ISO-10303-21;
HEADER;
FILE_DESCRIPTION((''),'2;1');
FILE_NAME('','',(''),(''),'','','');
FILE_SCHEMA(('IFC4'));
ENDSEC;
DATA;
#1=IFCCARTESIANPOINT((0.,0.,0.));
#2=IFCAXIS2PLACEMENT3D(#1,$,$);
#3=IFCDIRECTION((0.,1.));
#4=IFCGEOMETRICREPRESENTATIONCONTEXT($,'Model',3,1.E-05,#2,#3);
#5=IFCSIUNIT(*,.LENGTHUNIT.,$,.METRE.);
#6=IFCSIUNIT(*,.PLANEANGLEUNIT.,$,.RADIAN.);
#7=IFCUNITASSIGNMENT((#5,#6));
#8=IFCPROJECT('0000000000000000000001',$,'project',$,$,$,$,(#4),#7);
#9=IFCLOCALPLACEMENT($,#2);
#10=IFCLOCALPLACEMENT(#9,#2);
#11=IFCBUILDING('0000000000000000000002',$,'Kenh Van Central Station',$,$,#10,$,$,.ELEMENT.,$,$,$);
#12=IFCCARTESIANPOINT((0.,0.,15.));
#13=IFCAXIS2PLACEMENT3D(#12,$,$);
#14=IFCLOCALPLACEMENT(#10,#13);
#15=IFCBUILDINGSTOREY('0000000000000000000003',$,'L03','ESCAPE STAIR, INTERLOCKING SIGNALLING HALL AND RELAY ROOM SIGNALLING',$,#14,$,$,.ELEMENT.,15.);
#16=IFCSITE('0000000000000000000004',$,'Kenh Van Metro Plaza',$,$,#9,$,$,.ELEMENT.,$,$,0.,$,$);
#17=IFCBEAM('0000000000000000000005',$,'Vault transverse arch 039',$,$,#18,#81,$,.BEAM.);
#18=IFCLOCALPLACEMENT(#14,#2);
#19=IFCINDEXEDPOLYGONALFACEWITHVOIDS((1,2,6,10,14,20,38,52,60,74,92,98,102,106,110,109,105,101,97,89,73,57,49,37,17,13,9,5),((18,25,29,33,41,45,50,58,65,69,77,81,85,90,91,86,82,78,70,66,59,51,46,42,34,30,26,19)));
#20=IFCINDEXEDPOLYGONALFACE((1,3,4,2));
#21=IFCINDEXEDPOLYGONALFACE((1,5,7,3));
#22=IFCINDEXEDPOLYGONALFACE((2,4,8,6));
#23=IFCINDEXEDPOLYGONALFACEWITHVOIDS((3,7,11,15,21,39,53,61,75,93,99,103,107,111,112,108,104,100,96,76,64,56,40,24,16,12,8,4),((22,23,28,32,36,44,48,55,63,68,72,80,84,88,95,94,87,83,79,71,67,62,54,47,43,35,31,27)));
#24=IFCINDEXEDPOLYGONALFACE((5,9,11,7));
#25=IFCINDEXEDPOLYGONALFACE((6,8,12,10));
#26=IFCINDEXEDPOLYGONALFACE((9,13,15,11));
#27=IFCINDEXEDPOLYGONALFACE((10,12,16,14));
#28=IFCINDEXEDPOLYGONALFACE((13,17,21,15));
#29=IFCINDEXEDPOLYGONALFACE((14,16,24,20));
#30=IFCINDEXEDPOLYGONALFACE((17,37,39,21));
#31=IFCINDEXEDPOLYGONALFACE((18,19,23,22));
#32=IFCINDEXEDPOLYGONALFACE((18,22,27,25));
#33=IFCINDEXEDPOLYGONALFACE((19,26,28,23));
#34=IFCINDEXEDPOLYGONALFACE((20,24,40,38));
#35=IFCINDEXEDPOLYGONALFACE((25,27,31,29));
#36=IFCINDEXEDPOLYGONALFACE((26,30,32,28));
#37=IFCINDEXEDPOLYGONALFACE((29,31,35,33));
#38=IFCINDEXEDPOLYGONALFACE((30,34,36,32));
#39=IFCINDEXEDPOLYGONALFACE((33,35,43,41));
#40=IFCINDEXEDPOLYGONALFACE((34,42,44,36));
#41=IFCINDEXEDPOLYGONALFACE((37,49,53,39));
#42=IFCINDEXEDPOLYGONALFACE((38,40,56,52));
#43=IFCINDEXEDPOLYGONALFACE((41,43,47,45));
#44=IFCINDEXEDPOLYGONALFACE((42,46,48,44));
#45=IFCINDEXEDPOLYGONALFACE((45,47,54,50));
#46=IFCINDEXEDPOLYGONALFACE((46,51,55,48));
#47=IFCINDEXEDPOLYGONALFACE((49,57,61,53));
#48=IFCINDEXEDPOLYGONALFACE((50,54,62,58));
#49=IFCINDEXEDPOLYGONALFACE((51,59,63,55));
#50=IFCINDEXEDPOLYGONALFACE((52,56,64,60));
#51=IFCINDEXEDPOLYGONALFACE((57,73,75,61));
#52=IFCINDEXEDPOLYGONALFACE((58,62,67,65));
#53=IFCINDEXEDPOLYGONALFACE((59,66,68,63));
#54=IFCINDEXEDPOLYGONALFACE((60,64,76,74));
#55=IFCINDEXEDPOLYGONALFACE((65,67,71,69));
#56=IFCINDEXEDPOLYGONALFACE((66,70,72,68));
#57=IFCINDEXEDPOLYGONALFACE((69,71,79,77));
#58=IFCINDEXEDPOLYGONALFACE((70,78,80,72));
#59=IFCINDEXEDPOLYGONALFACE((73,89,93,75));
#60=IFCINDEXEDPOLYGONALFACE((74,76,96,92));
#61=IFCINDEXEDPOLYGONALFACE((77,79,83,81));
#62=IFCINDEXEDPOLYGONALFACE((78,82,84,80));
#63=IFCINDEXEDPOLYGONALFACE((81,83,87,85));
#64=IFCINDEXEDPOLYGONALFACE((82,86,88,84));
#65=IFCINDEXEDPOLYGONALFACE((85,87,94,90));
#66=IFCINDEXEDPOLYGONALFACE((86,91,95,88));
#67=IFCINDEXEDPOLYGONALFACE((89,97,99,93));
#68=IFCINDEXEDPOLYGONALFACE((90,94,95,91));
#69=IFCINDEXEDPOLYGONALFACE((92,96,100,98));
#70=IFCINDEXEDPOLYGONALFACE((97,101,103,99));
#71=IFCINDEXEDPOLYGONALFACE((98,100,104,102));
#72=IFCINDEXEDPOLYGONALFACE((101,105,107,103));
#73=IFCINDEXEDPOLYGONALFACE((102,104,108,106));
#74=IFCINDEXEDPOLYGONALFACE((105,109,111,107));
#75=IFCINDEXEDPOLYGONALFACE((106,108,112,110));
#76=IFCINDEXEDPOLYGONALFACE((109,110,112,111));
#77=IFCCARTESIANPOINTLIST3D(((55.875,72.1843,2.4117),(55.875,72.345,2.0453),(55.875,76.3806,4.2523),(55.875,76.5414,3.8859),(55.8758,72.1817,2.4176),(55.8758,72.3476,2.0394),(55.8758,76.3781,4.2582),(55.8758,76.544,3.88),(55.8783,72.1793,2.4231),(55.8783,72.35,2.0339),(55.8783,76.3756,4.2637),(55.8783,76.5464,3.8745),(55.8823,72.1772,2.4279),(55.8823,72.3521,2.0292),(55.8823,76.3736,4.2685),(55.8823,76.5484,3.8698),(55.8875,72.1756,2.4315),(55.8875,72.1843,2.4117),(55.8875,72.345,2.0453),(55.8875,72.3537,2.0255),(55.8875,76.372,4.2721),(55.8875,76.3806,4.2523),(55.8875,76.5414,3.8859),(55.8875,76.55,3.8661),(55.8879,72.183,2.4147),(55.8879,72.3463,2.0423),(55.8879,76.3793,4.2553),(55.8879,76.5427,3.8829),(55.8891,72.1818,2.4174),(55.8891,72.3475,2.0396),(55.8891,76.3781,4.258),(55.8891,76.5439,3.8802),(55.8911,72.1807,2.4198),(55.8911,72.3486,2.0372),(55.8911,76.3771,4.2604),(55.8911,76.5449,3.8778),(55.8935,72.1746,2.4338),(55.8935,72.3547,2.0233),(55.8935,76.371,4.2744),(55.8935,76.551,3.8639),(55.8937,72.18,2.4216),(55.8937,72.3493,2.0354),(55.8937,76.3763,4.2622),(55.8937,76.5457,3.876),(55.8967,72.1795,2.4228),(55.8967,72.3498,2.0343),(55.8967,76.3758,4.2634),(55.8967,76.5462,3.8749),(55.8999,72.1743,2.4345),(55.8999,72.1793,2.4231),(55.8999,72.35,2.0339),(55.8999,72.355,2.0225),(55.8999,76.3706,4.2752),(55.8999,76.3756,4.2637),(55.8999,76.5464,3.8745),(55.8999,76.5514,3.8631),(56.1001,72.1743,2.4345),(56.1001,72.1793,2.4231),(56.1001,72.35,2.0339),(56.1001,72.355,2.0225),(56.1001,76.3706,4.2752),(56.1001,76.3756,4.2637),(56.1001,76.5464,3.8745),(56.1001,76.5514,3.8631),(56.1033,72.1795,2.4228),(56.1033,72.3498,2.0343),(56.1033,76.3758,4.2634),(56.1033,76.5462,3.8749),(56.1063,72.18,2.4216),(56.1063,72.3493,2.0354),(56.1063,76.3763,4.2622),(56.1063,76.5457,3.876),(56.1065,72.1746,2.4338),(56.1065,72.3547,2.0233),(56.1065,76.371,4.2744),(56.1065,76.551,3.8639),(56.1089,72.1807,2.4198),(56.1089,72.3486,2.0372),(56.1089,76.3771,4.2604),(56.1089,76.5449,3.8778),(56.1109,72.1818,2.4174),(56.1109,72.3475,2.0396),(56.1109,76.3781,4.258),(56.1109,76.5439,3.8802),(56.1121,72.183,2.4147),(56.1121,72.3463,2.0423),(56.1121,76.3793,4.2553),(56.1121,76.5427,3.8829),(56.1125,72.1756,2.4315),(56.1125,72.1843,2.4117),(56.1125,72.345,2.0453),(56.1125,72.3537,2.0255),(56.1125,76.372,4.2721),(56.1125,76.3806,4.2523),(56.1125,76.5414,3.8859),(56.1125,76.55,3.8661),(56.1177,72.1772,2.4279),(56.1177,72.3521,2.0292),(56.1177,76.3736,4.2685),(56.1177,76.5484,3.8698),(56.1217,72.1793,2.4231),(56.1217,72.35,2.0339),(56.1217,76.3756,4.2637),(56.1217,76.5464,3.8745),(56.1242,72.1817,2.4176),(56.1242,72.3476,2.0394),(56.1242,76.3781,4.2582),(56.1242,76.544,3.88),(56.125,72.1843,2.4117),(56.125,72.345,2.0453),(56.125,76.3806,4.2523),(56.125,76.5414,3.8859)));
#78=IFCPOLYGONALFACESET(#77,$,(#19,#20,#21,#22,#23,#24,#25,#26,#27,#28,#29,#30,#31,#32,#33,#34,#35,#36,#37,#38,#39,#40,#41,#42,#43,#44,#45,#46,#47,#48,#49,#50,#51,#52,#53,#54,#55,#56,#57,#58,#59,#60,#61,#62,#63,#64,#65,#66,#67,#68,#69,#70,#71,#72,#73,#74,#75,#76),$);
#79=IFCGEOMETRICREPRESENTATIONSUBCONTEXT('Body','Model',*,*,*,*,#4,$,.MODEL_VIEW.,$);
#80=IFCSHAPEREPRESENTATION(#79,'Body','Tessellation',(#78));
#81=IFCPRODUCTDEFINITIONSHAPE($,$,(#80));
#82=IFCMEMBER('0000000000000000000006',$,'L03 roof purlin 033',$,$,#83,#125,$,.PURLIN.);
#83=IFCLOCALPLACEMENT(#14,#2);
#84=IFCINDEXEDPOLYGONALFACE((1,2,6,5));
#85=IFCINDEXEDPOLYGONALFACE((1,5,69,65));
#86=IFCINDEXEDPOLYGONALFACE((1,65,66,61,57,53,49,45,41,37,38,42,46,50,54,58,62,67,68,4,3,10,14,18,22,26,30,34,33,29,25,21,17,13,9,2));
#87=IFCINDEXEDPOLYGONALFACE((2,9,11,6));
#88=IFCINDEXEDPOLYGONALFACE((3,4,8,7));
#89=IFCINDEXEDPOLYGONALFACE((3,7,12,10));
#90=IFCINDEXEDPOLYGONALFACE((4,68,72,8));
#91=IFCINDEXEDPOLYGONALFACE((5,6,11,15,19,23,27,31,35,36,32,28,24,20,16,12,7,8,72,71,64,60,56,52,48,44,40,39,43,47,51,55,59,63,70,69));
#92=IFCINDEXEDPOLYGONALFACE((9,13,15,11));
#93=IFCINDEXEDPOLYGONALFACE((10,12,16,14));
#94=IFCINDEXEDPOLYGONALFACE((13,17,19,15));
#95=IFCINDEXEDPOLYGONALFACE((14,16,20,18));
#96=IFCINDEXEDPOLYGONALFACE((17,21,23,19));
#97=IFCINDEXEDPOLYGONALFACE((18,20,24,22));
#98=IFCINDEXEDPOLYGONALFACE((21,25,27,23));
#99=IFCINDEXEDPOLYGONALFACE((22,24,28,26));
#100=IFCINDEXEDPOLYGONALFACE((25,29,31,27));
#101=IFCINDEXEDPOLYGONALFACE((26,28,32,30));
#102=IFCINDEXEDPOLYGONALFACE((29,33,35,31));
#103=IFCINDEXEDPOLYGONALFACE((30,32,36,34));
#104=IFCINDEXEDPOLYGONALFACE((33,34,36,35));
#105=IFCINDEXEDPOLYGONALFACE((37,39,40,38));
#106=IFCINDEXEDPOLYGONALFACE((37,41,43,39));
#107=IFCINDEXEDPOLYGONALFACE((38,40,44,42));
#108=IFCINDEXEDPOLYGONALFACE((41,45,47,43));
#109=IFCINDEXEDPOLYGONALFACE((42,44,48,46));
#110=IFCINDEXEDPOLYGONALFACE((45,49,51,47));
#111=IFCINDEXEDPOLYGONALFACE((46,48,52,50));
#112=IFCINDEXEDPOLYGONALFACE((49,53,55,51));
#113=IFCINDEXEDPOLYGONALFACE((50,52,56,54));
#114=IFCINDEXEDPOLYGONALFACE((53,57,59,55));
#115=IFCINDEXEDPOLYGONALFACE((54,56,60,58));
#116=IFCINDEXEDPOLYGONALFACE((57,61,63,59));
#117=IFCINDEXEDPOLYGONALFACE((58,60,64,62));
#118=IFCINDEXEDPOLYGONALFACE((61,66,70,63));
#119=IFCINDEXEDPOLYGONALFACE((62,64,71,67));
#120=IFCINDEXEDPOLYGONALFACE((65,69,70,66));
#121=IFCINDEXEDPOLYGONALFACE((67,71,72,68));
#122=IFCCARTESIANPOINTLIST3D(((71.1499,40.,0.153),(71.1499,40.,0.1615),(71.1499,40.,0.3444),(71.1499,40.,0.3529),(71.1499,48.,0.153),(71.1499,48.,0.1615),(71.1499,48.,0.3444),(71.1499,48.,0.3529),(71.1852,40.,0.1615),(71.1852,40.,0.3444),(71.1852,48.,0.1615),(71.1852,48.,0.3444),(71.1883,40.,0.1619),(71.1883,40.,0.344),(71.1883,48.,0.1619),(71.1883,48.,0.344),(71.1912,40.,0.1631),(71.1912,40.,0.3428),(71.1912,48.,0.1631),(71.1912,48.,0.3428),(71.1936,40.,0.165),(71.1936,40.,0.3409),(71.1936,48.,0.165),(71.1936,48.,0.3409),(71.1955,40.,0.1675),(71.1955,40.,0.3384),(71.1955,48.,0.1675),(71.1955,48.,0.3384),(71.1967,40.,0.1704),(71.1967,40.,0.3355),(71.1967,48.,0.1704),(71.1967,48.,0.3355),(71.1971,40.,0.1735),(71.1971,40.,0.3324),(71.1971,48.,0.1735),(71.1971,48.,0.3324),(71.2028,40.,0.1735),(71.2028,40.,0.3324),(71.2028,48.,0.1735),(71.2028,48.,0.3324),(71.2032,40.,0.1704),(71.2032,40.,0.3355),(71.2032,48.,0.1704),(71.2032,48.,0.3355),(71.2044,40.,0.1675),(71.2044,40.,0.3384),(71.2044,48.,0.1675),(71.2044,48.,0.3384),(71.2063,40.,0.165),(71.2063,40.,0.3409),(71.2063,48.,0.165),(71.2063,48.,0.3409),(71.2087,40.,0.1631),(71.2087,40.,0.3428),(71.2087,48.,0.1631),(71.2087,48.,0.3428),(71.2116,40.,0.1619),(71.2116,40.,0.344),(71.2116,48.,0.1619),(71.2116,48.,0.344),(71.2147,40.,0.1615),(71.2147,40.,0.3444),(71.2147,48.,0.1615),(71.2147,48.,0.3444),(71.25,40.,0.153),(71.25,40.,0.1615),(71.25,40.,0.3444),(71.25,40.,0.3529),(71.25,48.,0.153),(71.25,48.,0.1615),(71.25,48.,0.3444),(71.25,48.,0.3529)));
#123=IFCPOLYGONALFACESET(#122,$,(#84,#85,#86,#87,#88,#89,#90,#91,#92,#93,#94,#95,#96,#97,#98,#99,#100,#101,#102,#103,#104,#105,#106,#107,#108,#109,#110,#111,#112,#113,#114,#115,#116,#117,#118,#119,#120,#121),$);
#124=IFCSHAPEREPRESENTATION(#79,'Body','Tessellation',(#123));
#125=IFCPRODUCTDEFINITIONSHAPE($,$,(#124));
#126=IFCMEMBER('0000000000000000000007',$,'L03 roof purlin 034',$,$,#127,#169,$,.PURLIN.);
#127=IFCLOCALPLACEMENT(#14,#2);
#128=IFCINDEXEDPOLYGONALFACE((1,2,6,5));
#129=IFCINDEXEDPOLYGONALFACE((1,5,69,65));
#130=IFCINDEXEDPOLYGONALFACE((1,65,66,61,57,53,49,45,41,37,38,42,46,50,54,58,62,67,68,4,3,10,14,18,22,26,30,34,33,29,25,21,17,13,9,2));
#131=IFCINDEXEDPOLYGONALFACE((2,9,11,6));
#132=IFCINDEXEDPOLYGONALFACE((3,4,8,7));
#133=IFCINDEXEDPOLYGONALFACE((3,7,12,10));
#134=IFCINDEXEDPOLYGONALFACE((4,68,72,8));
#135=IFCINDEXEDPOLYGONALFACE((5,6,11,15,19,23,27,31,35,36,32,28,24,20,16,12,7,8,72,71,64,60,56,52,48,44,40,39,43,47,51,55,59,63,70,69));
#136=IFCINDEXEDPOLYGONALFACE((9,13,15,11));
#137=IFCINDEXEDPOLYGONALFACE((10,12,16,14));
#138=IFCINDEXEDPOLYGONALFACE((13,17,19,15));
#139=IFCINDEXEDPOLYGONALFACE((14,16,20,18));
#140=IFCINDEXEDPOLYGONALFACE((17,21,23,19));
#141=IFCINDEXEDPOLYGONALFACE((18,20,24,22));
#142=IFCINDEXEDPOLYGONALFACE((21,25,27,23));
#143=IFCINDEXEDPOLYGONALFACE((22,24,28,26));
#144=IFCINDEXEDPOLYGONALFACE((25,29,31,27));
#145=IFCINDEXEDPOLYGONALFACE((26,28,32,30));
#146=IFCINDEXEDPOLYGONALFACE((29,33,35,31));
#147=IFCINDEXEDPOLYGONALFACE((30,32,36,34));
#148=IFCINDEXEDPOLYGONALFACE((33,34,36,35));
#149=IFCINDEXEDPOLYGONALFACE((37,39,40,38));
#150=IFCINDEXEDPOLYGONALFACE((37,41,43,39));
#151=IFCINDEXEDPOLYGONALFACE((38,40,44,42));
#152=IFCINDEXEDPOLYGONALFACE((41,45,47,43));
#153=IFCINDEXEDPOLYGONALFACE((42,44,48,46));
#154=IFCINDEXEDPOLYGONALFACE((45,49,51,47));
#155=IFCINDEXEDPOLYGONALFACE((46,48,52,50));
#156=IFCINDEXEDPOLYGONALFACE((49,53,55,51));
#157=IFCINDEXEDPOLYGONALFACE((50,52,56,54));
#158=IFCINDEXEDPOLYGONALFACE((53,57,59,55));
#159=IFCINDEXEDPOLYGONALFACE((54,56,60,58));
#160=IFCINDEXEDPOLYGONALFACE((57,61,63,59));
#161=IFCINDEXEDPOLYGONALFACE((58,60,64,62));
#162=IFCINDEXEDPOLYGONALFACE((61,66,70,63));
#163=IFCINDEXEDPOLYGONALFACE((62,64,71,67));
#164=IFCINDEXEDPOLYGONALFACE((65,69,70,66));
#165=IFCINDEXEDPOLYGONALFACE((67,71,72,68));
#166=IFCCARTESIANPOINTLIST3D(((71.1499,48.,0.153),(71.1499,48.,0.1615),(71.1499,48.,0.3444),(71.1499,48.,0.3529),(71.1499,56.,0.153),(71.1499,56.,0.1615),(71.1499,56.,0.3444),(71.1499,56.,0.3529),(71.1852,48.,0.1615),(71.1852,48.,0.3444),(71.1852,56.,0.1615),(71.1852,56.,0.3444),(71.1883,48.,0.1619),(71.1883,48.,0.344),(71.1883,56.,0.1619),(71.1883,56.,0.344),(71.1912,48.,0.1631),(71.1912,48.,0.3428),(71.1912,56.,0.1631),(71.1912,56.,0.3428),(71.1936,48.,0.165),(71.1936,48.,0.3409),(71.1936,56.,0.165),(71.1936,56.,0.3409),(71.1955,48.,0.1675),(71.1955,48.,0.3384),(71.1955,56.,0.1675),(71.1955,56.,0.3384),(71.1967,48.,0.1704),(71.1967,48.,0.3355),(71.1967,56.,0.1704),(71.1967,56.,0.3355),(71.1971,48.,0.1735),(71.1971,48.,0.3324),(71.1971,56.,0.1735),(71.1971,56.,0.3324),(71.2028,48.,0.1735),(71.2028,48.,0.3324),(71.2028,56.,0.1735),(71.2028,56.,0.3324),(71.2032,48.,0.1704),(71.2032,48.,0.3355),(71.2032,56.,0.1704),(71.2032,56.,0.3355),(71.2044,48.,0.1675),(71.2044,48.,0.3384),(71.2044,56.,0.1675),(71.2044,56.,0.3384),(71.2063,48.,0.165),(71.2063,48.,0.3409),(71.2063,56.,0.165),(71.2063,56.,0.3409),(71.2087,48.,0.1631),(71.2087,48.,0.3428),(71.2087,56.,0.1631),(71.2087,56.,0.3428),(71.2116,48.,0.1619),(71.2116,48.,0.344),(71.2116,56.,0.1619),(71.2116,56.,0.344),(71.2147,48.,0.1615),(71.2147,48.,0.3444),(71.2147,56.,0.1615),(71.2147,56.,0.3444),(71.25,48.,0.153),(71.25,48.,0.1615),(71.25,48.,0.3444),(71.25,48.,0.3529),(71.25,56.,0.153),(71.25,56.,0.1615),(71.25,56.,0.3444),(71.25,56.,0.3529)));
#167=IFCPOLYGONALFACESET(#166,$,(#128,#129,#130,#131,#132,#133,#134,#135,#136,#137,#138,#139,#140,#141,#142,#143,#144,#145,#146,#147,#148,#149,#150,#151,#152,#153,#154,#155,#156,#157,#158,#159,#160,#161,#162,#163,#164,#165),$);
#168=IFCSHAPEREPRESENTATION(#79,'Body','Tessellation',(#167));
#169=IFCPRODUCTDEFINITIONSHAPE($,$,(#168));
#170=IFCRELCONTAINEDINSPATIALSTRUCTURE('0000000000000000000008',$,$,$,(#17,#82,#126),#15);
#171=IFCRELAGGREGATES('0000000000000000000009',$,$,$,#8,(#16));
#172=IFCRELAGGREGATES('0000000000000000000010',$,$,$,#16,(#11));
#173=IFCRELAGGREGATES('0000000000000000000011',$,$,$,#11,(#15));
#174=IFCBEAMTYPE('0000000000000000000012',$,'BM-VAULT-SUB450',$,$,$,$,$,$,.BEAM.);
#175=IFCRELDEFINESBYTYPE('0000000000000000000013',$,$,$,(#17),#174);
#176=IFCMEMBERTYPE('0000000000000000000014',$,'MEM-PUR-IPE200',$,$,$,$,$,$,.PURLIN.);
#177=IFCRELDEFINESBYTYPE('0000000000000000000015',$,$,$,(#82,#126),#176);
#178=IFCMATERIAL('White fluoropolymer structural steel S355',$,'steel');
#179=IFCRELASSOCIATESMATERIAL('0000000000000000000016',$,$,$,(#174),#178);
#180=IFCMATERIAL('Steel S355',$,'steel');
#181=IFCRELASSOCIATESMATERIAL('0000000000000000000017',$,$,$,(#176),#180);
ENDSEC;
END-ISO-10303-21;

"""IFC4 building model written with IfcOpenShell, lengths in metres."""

from ifc_helpers import new_model, si_unit, direction, frame, origin, origin_2d, place, context, subcontext, project, spatial, hollow_rectangle, i_section, extrude, material, material_profile, profile_set, type_object, element, save


model = new_model("IFC4")

# Units and contexts
model_context = context("Model", 3, precision=1e-05, world=origin(), true_north=direction((0.0, 1.0)))
body_context = subcontext(model_context, "Body", "Model", "MODEL_VIEW")
ifc_project = project(units=[si_unit("LENGTHUNIT", "METRE"), si_unit("PLANEANGLEUNIT", "RADIAN")], contexts=[model_context])

# Site, building, storey
site_placement = place(None, origin())
site = spatial("IfcSite", under=ifc_project, at=site_placement, Name="Kenh Van Metro Plaza", CompositionType="ELEMENT", RefElevation=0.0)
building_placement = place(site_placement, origin())
building = spatial("IfcBuilding", under=site, at=building_placement, Name="Kenh Van Central Station", CompositionType="ELEMENT")
storey_placement = place(building_placement, frame((0.0, 0.0, 15.0)))
storey = spatial("IfcBuildingStorey", under=building, at=storey_placement, Name="L03", Description="ESCAPE STAIR, INTERLOCKING SIGNALLING HALL AND RELAY ROOM SIGNALLING", CompositionType="ELEMENT", Elevation=15.0)

# Beam
ifc_material_1 = material(Name="Steel S355", Category="steel")
ifc_material_2 = material(Name="White fluoropolymer structural steel S355", Category="steel")
ifc_material_profile_1 = material_profile(ifc_material_2, hollow_rectangle(XDim=0.25, YDim=0.45, WallThickness=0.0125, InnerFilletRadius=0.0125, OuterFilletRadius=0.0249, at=origin_2d()), Name="RHS 450x250x12.5")
ifc_profile_set_1 = profile_set([ifc_material_profile_1], Name="White fluoropolymer structural steel S355")
beam_type_1 = type_object("IfcBeamType", Name="BM-VAULT-SUB450", PredefinedType="BEAM", material=ifc_profile_set_1)
beam_1_placement = place(storey_placement, frame((56.0, 72.2646, 2.2285), z_axis=(0.0, 0.91578, 0.40168), x_axis=(-1.0, 0.0, 0.0)))
element("IfcBeam", 1, at=beam_1_placement, inside=storey, type_object=beam_type_1, Name="Vault transverse arch 039", PredefinedType="BEAM", context=body_context, shape_type="SweptSolid", body=[
    extrude(hollow_rectangle(XDim=0.25, YDim=0.45, WallThickness=0.0125, InnerFilletRadius=0.0125, OuterFilletRadius=0.0249, at=origin_2d()), origin(), (0.0, 0.0, 1.0), 4.5823),
])

# Members
ifc_material_profile_2 = material_profile(ifc_material_1, i_section(OverallWidth=0.1001, OverallDepth=0.2, WebThickness=0.0056, FlangeThickness=0.0085, FilletRadius=0.012, at=origin_2d()), Name="IPE 200")
ifc_profile_set_2 = profile_set([ifc_material_profile_2], Name="Steel S355")
member_type_1 = type_object("IfcMemberType", Name="MEM-PUR-IPE200", PredefinedType="PURLIN", material=ifc_profile_set_2)
for number, where, z_axis, x_axis, name in (
    (2, (71.2, 40.0, 0.2529), (0.0, 1.0, 0.0), (-1.0, 0.0, 0.0), "L03 roof purlin 033"),
    (3, (71.2, 48.0, 0.2529), (0.0, 1.0, 0.0), (-1.0, 0.0, 0.0), "L03 roof purlin 034"),
):
    element("IfcMember", number, at=place(storey_placement, frame(where, z_axis=z_axis, x_axis=x_axis)), inside=storey, type_object=member_type_1, Name=name, PredefinedType="PURLIN", context=body_context, shape_type="SweptSolid", body=[
        extrude(i_section(OverallWidth=0.1001, OverallDepth=0.2, WebThickness=0.0056, FlangeThickness=0.0085, FilletRadius=0.012, at=origin_2d()), origin(), (0.0, 0.0, 1.0), 8.0),
    ])

save(model, "model.ifc")
